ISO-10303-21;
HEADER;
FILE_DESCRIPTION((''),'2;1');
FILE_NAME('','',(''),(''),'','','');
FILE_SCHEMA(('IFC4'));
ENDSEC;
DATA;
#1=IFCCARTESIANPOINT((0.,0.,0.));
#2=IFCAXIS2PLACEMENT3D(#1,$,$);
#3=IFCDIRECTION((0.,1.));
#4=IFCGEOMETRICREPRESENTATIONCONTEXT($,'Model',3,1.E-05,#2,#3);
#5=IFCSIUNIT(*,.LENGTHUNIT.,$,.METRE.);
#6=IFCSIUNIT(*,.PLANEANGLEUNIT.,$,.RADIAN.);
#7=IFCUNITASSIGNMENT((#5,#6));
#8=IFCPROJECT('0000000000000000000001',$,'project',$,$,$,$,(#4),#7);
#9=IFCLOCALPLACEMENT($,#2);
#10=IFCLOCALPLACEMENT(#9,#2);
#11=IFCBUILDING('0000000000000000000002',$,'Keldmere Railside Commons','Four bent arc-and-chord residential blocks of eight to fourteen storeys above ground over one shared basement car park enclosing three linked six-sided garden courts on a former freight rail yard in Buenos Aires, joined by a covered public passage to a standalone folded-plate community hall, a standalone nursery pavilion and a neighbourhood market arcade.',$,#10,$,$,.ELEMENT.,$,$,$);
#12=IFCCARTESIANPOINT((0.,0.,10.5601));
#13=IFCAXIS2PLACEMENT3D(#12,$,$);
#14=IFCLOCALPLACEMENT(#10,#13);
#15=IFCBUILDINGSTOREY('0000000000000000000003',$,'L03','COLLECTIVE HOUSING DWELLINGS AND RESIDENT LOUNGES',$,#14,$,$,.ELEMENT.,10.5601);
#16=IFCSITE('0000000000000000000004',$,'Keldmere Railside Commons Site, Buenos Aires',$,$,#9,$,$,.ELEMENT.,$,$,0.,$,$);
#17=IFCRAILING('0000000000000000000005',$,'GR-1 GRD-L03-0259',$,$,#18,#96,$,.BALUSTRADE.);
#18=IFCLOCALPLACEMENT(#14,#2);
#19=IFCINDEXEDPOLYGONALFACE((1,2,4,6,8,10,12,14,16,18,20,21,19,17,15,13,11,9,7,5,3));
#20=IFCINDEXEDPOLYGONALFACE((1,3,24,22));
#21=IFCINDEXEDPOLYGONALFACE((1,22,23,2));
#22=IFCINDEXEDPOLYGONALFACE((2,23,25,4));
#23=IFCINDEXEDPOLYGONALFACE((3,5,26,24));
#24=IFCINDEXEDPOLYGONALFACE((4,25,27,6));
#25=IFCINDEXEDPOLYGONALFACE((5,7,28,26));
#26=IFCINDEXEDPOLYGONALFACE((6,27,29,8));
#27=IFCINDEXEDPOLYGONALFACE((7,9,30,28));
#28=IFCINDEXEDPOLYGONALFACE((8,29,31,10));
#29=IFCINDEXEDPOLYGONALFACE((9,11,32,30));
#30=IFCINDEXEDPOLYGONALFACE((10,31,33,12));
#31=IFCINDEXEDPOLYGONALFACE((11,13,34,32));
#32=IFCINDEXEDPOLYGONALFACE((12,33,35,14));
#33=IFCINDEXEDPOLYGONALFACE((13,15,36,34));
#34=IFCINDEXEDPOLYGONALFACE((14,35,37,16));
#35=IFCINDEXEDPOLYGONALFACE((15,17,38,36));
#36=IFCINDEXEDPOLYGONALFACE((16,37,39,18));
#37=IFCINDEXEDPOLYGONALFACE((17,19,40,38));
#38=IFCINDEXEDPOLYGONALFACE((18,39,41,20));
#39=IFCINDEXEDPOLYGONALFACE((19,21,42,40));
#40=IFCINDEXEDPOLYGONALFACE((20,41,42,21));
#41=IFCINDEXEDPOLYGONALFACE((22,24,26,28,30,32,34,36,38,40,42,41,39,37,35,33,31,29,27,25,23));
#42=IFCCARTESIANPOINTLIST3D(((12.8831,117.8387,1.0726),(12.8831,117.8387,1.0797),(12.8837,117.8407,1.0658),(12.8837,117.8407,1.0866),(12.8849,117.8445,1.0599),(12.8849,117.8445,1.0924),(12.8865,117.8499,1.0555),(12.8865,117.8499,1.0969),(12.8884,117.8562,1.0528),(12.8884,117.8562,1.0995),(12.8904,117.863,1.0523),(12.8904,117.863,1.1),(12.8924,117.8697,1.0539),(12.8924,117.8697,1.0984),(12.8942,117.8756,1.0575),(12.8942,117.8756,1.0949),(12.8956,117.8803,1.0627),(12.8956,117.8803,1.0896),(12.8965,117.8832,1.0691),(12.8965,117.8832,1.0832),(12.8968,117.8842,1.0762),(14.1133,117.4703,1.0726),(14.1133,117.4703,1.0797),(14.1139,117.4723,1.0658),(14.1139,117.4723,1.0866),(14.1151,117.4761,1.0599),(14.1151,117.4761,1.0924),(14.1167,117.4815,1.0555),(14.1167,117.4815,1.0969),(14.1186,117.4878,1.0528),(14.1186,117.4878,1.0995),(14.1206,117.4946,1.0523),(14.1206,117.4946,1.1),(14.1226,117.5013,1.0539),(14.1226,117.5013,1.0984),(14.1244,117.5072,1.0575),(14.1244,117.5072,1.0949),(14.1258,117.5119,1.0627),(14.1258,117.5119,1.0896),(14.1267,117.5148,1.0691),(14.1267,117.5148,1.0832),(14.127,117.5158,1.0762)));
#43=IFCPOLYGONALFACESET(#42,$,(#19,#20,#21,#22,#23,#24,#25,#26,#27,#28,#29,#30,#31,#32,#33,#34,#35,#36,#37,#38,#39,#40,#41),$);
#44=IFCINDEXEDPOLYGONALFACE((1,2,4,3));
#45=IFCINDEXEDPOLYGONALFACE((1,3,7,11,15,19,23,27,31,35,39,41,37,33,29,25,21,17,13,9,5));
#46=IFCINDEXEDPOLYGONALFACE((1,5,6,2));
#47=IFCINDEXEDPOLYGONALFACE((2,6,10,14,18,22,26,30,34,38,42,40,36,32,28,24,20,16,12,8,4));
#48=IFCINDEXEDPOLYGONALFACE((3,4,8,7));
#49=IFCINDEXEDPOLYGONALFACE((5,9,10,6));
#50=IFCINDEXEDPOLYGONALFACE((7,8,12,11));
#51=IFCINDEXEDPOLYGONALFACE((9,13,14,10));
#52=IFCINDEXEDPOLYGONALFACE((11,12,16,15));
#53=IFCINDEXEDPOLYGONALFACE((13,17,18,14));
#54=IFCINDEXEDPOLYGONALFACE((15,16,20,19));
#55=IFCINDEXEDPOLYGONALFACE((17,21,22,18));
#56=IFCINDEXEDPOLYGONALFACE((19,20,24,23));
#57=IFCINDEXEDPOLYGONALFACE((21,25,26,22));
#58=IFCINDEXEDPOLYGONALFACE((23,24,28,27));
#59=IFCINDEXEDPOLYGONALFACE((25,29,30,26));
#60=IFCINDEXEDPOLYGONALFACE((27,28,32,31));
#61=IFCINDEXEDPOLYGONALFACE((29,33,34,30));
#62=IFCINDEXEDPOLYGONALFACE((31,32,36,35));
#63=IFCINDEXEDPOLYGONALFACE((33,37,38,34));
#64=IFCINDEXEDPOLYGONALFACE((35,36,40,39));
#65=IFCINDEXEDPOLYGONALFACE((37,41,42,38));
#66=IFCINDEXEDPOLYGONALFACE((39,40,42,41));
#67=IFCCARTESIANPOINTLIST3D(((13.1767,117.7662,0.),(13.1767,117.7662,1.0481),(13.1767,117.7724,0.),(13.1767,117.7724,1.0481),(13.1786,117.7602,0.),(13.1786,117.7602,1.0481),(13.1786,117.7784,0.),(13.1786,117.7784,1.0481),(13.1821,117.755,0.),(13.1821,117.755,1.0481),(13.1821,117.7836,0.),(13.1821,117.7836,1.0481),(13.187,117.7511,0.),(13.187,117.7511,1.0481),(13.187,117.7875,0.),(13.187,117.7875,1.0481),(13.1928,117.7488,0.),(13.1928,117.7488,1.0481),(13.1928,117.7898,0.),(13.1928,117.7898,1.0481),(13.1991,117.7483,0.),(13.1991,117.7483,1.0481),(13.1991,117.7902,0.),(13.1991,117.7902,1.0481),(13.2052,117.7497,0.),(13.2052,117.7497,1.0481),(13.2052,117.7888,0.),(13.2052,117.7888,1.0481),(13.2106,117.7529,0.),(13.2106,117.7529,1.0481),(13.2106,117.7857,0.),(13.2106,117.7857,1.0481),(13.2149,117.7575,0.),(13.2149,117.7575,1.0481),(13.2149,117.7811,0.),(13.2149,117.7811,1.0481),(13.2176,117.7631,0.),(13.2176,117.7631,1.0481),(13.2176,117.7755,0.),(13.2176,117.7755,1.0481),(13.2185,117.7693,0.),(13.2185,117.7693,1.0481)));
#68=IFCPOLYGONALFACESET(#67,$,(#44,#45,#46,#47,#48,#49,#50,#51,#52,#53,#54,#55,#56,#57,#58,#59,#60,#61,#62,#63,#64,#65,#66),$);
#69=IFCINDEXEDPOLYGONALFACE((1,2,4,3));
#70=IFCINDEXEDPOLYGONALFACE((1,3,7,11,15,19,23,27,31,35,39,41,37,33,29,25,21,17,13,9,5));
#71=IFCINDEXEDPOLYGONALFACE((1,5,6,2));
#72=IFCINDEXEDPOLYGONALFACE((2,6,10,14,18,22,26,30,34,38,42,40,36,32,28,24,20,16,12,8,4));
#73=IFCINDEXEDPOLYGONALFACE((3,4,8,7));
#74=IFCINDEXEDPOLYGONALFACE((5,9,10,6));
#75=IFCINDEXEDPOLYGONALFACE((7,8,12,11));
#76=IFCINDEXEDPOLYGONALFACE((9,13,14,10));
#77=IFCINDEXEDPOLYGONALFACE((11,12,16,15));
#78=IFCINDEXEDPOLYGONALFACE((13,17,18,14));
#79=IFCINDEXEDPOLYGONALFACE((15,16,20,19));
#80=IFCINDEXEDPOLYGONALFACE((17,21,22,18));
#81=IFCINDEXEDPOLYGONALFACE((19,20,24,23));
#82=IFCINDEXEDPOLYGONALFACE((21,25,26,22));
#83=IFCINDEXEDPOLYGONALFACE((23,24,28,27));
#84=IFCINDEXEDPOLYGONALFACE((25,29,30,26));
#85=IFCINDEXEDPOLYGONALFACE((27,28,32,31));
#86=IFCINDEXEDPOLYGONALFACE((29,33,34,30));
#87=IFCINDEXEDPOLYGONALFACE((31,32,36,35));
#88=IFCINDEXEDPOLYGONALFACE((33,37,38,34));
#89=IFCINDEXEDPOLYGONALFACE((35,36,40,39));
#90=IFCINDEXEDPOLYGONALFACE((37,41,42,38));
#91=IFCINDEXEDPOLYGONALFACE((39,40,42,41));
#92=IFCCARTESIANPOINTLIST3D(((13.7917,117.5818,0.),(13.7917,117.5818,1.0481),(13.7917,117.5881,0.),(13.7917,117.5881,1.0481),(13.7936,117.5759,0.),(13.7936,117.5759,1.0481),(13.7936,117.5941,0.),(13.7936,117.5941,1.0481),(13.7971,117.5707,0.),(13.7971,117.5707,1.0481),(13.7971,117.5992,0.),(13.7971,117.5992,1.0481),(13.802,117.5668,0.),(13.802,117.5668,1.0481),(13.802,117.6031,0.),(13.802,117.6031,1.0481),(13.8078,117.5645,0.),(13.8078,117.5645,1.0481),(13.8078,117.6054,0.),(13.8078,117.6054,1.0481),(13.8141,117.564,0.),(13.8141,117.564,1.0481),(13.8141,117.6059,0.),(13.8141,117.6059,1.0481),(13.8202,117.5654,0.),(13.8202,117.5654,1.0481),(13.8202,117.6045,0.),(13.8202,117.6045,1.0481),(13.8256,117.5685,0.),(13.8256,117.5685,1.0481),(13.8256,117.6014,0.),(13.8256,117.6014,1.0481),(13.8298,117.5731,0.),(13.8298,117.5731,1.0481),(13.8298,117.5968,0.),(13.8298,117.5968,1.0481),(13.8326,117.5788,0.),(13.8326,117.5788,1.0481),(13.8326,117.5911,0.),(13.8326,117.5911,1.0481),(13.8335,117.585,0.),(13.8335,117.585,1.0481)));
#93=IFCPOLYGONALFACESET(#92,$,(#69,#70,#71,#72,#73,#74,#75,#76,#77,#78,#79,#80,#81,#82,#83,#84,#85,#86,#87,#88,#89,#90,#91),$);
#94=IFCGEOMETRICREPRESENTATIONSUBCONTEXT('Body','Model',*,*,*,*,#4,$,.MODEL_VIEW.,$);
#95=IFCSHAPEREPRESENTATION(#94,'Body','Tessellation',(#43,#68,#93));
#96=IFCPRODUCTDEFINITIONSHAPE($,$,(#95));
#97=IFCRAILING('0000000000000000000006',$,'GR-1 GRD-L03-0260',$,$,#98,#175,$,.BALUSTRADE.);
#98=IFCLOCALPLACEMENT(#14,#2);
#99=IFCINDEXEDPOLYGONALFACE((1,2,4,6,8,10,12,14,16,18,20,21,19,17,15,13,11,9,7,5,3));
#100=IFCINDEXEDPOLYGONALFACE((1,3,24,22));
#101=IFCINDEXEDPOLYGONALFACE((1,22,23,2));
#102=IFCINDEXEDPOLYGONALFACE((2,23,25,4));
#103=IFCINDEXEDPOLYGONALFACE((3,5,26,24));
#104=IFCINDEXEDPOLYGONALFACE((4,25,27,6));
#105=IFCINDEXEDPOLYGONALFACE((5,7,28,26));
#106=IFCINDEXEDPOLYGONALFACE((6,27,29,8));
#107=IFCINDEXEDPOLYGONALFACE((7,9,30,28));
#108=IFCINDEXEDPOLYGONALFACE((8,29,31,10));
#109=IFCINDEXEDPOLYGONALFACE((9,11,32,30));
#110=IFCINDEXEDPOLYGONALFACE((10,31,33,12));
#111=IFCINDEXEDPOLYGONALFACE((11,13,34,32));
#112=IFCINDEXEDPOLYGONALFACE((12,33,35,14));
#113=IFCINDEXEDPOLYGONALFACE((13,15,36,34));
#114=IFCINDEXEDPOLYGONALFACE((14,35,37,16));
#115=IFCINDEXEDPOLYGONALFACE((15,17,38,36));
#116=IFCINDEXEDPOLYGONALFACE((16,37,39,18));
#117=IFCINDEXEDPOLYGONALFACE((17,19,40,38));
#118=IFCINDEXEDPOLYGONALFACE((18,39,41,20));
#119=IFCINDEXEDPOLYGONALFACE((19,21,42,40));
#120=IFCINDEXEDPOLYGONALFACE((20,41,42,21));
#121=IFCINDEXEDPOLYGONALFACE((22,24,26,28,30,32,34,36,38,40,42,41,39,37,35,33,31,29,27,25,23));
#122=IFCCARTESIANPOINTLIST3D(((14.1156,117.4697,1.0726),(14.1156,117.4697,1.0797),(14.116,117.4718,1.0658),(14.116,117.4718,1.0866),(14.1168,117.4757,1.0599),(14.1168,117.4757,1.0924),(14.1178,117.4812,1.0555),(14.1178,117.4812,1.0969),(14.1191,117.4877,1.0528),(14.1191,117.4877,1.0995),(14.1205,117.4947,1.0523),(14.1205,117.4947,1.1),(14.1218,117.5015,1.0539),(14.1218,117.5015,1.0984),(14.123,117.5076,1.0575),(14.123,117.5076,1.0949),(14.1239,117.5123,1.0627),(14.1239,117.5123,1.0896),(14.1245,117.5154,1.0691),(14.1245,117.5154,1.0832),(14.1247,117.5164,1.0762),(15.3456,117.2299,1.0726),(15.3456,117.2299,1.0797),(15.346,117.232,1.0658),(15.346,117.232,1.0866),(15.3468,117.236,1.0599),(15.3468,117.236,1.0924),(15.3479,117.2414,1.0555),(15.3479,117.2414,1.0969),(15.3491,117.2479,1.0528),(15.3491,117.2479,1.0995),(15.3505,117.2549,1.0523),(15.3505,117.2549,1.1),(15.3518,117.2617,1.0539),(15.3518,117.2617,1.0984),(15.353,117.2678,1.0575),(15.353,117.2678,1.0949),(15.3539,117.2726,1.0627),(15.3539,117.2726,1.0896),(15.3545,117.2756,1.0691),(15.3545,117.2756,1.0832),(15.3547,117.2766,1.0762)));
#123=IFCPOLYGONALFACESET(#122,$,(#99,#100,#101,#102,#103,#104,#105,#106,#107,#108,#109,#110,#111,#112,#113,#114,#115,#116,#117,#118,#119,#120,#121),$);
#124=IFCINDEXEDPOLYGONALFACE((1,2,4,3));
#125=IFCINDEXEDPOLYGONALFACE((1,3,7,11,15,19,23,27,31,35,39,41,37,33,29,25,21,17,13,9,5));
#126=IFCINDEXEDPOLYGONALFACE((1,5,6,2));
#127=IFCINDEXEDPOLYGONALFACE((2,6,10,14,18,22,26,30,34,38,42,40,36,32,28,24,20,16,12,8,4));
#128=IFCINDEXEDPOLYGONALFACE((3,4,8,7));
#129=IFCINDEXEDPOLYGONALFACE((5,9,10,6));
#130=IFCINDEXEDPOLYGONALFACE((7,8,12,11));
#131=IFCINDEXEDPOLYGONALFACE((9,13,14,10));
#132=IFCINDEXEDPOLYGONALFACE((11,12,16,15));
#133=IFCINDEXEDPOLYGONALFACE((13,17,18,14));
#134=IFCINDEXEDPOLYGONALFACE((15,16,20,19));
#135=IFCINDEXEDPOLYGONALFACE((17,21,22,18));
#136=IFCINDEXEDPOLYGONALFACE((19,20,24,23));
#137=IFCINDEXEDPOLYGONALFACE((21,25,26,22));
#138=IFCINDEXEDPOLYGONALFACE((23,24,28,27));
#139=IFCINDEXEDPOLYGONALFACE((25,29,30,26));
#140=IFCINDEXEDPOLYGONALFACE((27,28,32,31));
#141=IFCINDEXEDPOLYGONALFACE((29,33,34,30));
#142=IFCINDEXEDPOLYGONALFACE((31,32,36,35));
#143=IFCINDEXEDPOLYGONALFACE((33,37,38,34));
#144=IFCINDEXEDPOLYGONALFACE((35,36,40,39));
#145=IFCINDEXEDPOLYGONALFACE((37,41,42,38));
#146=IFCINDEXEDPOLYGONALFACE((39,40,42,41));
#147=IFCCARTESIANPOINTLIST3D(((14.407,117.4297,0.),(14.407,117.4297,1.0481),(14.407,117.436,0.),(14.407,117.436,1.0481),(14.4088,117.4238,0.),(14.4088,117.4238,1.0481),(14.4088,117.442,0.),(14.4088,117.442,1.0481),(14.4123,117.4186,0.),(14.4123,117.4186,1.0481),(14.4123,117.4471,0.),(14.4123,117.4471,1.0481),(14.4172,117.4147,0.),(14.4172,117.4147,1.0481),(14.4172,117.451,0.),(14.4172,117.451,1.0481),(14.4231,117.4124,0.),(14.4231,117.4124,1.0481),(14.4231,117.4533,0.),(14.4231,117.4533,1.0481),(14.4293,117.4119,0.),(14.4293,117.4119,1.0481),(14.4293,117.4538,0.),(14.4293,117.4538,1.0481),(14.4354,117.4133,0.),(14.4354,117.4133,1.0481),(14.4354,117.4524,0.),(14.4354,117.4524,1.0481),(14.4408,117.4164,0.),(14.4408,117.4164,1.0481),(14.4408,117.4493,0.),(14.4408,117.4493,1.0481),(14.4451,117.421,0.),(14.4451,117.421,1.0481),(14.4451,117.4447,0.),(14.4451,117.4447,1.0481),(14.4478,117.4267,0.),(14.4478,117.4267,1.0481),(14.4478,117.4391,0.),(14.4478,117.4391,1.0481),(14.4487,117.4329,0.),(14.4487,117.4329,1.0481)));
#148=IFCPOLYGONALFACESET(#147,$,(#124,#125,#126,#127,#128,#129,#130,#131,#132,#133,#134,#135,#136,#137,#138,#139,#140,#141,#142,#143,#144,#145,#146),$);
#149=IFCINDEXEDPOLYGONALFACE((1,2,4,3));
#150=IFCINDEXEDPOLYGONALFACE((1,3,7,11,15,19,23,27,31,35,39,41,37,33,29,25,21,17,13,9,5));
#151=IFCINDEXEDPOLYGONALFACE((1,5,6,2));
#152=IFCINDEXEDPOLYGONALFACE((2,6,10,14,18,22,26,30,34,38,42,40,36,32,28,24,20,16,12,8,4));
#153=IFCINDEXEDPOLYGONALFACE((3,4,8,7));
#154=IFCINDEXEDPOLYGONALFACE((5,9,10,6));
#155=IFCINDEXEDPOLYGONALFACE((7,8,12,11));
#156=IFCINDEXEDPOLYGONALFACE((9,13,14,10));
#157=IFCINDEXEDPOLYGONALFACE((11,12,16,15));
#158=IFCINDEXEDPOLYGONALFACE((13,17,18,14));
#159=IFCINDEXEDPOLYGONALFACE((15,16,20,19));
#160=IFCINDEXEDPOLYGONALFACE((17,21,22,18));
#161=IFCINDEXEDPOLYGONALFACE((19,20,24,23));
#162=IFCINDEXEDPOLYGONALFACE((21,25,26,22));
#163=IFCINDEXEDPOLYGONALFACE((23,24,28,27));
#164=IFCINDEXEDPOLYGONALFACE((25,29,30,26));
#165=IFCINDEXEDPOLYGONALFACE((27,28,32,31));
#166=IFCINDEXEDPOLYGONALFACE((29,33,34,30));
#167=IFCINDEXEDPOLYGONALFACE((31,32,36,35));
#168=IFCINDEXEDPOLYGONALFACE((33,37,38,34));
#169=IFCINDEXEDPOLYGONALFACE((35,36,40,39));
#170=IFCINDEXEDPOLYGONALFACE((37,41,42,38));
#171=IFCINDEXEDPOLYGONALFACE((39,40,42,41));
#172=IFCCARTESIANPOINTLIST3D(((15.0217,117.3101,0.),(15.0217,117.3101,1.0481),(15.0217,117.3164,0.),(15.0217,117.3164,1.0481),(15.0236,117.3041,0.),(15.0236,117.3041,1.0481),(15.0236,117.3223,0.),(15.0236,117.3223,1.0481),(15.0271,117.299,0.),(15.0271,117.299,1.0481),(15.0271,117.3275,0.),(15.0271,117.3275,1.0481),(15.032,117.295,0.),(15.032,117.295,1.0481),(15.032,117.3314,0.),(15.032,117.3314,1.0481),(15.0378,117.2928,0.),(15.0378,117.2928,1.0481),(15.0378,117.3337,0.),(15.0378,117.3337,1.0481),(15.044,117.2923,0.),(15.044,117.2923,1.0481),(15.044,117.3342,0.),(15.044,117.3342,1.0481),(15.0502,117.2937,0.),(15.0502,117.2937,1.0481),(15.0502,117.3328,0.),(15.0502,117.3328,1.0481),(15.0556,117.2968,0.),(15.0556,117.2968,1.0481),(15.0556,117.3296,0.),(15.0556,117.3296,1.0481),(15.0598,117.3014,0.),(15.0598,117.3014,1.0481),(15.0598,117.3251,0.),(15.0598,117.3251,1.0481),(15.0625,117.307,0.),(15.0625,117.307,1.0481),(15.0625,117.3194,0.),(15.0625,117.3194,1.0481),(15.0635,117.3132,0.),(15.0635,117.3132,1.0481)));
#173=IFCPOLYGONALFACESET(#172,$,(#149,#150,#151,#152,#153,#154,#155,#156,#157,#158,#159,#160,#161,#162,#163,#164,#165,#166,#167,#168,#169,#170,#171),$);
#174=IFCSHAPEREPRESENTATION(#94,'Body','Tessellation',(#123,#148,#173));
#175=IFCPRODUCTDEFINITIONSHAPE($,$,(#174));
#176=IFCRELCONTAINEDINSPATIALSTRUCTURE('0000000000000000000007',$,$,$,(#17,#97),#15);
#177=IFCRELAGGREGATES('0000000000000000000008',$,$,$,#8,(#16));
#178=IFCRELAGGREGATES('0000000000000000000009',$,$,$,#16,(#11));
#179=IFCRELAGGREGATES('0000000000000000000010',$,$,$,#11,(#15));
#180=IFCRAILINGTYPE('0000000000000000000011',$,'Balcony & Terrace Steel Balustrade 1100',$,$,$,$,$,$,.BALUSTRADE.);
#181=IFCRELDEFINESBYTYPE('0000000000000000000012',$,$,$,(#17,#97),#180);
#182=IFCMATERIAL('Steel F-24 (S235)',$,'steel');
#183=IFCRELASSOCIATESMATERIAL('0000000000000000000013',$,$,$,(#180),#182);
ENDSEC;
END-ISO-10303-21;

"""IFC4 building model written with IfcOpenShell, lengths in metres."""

from ifc_helpers import new_model, si_unit, direction, frame, origin, origin_2d, place, context, subcontext, project, spatial, circle, extrude, material, type_object, element, save


model = new_model("IFC4")

# Units and contexts
model_context = context("Model", 3, precision=1e-05, world=origin(), true_north=direction((0.0, 1.0)))
body_context = subcontext(model_context, "Body", "Model", "MODEL_VIEW")
ifc_project = project(units=[si_unit("LENGTHUNIT", "METRE"), si_unit("PLANEANGLEUNIT", "RADIAN")], contexts=[model_context])

# Site, building, storey
site_placement = place(None, origin())
site = spatial("IfcSite", under=ifc_project, at=site_placement, Name="Keldmere Railside Commons Site, Buenos Aires", CompositionType="ELEMENT", RefElevation=0.0)
building_placement = place(site_placement, origin())
building = spatial("IfcBuilding", under=site, at=building_placement, Name="Keldmere Railside Commons", Description="Four bent arc-and-chord residential blocks of eight to fourteen storeys above ground over one shared basement car park enclosing three linked six-sided garden courts on a former freight rail yard in Buenos Aires, joined by a covered public passage to a standalone folded-plate community hall, a standalone nursery pavilion and a neighbourhood market arcade.", CompositionType="ELEMENT")
storey_placement = place(building_placement, frame((0.0, 0.0, 10.5601)))
storey = spatial("IfcBuildingStorey", under=building, at=storey_placement, Name="L03", Description="COLLECTIVE HOUSING DWELLINGS AND RESIDENT LOUNGES", CompositionType="ELEMENT", Elevation=10.5601)

# Railings
ifc_material_1 = material(Name="Steel F-24 (S235)", Category="steel")
railing_type = type_object("IfcRailingType", Name="Balcony & Terrace Steel Balustrade 1100", PredefinedType="BALUSTRADE", material=ifc_material_1)
railing_1_placement = place(storey_placement, frame((12.8899, 117.8613, 0.0)))
element("IfcRailing", 1, at=railing_1_placement, inside=storey, type_object=railing_type, Name="GR-1 GRD-L03-0259", PredefinedType="BALUSTRADE", context=body_context, shape_type="SweptSolid", body=[
    extrude(circle(Radius=0.0239, at=origin_2d()), frame((0.0, 0.0, 1.0762), z_axis=(0.957967, -0.286877, 0.0), x_axis=(0.286877, 0.957967, 0.0)), (0.0, 0.0, 1.0), 1.2842),
    extrude(circle(Radius=0.021, at=origin_2d()), frame((0.3076, -0.092, 0.0)), (0.0, 0.0, 1.0), 1.0481),
    extrude(circle(Radius=0.021, at=origin_2d()), frame((0.9226, -0.2764, 0.0)), (0.0, 0.0, 1.0), 1.0481),
])
railing_2_placement = place(storey_placement, frame((14.1201, 117.4929, 0.0)))
element("IfcRailing", 2, at=railing_2_placement, inside=storey, type_object=railing_type, Name="GR-1 GRD-L03-0260", PredefinedType="BALUSTRADE", context=body_context, shape_type="SweptSolid", body=[
    extrude(circle(Radius=0.0239, at=origin_2d()), frame((0.0, 0.0, 1.0762), z_axis=(0.981528, -0.191318, 0.0), x_axis=(0.191318, 0.981528, 0.0)), (0.0, 0.0, 1.0), 1.2532),
    extrude(circle(Radius=0.021, at=origin_2d()), frame((0.3076, -0.0601, 0.0)), (0.0, 0.0, 1.0), 1.0481),
    extrude(circle(Radius=0.021, at=origin_2d()), frame((0.9224, -0.1797, 0.0)), (0.0, 0.0, 1.0), 1.0481),
])

save(model, "model.ifc")
